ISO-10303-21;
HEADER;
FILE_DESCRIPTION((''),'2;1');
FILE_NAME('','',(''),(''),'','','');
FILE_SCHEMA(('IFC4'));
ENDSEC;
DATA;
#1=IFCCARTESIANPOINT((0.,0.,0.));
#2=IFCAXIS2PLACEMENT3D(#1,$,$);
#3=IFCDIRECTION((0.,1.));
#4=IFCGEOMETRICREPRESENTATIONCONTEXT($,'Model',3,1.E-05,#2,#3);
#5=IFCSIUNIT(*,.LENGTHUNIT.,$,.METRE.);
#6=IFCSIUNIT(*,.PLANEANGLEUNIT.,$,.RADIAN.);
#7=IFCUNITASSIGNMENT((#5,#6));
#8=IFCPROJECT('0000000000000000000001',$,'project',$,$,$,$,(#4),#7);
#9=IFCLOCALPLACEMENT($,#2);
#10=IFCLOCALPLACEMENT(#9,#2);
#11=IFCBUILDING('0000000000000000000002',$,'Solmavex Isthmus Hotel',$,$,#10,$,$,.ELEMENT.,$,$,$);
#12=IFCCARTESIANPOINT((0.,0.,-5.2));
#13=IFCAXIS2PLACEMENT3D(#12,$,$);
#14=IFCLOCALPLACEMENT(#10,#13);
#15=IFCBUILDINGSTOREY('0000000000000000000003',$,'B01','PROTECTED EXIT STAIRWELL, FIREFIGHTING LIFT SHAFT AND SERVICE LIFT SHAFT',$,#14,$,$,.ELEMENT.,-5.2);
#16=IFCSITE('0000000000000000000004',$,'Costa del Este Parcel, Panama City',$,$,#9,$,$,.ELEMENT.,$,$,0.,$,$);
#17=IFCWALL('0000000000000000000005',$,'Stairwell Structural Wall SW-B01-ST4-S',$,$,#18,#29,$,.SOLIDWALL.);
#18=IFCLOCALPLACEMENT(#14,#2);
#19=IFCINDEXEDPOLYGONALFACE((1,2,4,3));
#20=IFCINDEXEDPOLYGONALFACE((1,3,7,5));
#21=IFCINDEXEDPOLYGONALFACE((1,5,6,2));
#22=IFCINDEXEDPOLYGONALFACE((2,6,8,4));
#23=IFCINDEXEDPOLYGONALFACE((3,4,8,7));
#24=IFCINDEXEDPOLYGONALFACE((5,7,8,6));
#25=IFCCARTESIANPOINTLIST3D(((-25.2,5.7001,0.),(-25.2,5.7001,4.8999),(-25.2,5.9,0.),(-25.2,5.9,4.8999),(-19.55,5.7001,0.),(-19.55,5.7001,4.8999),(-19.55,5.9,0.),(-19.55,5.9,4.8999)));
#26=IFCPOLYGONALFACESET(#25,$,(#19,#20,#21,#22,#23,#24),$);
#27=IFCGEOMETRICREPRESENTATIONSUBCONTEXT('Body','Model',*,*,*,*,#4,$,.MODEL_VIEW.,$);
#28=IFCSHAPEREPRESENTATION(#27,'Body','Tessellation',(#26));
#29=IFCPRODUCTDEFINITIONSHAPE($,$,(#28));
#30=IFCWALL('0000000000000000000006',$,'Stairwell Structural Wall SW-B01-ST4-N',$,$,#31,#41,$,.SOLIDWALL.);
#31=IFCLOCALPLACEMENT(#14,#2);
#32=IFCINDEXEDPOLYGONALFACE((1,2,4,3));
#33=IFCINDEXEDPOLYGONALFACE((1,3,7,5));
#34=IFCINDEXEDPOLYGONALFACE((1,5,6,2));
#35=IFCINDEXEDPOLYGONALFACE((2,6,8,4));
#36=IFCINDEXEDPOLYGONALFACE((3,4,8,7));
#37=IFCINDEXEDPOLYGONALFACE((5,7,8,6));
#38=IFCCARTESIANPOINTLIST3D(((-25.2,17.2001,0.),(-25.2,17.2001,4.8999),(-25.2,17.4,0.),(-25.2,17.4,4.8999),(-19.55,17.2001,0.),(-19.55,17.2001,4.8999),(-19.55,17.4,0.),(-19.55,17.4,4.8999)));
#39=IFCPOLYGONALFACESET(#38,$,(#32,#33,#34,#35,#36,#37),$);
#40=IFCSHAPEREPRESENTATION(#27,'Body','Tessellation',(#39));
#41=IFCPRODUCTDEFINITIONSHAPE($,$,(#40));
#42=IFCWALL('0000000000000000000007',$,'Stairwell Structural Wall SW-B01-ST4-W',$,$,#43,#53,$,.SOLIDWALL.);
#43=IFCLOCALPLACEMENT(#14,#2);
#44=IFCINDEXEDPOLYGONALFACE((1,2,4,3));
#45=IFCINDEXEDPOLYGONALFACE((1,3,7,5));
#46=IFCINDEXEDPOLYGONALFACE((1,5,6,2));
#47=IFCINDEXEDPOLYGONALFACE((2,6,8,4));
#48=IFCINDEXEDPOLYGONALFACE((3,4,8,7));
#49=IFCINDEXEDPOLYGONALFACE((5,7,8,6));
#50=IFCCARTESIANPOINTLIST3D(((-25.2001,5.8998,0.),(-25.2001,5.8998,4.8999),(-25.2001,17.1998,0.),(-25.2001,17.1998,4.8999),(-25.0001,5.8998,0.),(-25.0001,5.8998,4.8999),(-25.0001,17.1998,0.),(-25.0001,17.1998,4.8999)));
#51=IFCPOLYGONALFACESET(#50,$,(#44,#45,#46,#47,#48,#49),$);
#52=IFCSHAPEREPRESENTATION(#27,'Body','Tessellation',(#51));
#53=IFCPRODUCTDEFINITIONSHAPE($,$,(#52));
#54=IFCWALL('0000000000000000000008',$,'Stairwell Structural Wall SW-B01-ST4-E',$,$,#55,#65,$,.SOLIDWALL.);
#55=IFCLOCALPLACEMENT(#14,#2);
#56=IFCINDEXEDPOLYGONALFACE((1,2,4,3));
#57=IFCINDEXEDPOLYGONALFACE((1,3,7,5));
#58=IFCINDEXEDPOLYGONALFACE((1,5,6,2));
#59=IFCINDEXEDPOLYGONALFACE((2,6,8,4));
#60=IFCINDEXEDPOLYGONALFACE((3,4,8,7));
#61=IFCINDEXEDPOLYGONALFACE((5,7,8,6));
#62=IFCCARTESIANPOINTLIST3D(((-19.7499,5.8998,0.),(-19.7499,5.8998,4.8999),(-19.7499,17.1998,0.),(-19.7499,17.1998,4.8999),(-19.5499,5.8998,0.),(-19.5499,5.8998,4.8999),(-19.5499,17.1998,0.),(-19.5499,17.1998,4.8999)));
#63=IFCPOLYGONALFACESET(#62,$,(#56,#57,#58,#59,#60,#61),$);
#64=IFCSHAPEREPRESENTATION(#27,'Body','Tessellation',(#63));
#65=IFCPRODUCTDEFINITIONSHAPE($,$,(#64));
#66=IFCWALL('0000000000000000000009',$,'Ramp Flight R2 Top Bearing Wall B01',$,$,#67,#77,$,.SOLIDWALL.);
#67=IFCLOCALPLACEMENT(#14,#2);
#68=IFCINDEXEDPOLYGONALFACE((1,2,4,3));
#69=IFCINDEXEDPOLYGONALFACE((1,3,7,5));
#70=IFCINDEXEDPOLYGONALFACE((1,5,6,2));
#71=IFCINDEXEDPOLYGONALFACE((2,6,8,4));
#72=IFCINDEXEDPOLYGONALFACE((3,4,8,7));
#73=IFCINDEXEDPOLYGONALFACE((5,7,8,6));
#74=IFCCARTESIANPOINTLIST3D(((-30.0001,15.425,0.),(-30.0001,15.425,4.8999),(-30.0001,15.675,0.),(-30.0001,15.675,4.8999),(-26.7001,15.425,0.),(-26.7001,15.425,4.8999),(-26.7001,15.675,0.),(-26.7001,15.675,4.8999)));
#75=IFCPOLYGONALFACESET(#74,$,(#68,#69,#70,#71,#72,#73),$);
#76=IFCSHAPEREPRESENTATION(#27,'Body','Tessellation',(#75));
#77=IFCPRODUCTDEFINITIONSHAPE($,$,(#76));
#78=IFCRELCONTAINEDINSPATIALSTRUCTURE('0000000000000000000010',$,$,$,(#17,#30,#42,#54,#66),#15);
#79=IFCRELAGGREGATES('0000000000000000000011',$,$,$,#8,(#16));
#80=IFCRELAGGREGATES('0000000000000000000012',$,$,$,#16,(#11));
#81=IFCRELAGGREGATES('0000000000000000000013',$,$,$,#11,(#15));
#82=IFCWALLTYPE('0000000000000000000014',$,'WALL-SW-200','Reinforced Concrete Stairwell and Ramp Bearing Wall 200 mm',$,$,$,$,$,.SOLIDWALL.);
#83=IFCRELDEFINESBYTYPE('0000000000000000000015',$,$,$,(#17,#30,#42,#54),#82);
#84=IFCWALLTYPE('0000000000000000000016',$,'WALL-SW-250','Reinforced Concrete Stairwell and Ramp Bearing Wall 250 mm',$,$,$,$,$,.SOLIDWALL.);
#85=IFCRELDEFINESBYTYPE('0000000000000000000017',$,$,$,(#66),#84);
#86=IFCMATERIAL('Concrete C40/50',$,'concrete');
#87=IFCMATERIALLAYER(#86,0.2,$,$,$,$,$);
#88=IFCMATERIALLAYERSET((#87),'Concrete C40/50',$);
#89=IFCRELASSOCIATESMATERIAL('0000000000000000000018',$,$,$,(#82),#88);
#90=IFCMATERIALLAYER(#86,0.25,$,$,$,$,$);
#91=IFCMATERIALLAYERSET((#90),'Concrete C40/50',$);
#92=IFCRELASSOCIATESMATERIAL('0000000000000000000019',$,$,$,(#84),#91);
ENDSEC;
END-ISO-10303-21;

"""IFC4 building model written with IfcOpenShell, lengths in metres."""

from ifc_helpers import new_model, si_unit, direction, frame, frame_2d, origin, place, context, subcontext, project, spatial, rectangle, extrude, material, layer, layer_set, type_object, element, save


model = new_model("IFC4")

# Units and contexts
model_context = context("Model", 3, precision=1e-05, world=origin(), true_north=direction((0.0, 1.0)))
body_context = subcontext(model_context, "Body", "Model", "MODEL_VIEW")
ifc_project = project(units=[si_unit("LENGTHUNIT", "METRE"), si_unit("PLANEANGLEUNIT", "RADIAN")], contexts=[model_context])

# Site, building, storey
site_placement = place(None, origin())
site = spatial("IfcSite", under=ifc_project, at=site_placement, Name="Costa del Este Parcel, Panama City", CompositionType="ELEMENT", RefElevation=0.0)
building_placement = place(site_placement, origin())
building = spatial("IfcBuilding", under=site, at=building_placement, Name="Solmavex Isthmus Hotel", CompositionType="ELEMENT")
storey_placement = place(building_placement, frame((0.0, 0.0, -5.2)))
storey = spatial("IfcBuildingStorey", under=building, at=storey_placement, Name="B01", Description="PROTECTED EXIT STAIRWELL, FIREFIGHTING LIFT SHAFT AND SERVICE LIFT SHAFT", CompositionType="ELEMENT", Elevation=-5.2)

# Shared definitions
ifc_material_1 = material(Name="Concrete C40/50", Category="concrete")

# Walls
ifc_layer_1 = layer(ifc_material_1, 0.2)
ifc_layer_set_1 = layer_set([ifc_layer_1], Name="Concrete C40/50")
wall_type_1 = type_object("IfcWallType", Name="WALL-SW-200", Description="Reinforced Concrete Stairwell and Ramp Bearing Wall 200 mm", PredefinedType="SOLIDWALL", material=ifc_layer_set_1)
for number, where, z_axis, x_axis, name in (
    (1, (-25.2, 5.8, 0.0), (0.0, 0.0, 1.0), (1.0, 0.0, 0.0), "Stairwell Structural Wall SW-B01-ST4-S"),
    (2, (-25.2, 17.3, 0.0), (0.0, 0.0, 1.0), (1.0, 0.0, 0.0), "Stairwell Structural Wall SW-B01-ST4-N"),
):
    element("IfcWall", number, at=place(storey_placement, frame(where, z_axis=z_axis, x_axis=x_axis)), inside=storey, type_object=wall_type_1, Name=name, PredefinedType="SOLIDWALL", context=body_context, shape_type="SweptSolid", body=[
        extrude(rectangle(XDim=5.6499, YDim=0.2, at=frame_2d((2.825, 0.0))), origin(), (0.0, 0.0, 1.0), 4.8999),
    ])
for number, where, z_axis, x_axis, name in (
    (3, (-25.1001, 5.8999, 0.0), (0.0, 0.0, 1.0), (0.0, 1.0, 0.0), "Stairwell Structural Wall SW-B01-ST4-W"),
    (4, (-19.6499, 5.8999, 0.0), (0.0, 0.0, 1.0), (0.0, 1.0, 0.0), "Stairwell Structural Wall SW-B01-ST4-E"),
):
    element("IfcWall", number, at=place(storey_placement, frame(where, z_axis=z_axis, x_axis=x_axis)), inside=storey, type_object=wall_type_1, Name=name, PredefinedType="SOLIDWALL", context=body_context, shape_type="SweptSolid", body=[
        extrude(rectangle(XDim=11.3, YDim=0.2, at=frame_2d((5.6499, 0.0))), origin(), (0.0, 0.0, 1.0), 4.8999),
    ])
ifc_layer_2 = layer(ifc_material_1, 0.25)
ifc_layer_set_2 = layer_set([ifc_layer_2], Name="Concrete C40/50")
wall_type_2 = type_object("IfcWallType", Name="WALL-SW-250", Description="Reinforced Concrete Stairwell and Ramp Bearing Wall 250 mm", PredefinedType="SOLIDWALL", material=ifc_layer_set_2)
wall_1_placement = place(storey_placement, frame((-30.0, 15.55, 0.0), z_axis=(0.0, 0.0, 1.0), x_axis=(1.0, 0.0, 0.0)))
element("IfcWall", 5, at=wall_1_placement, inside=storey, type_object=wall_type_2, Name="Ramp Flight R2 Top Bearing Wall B01", PredefinedType="SOLIDWALL", context=body_context, shape_type="SweptSolid", body=[
    extrude(rectangle(XDim=3.3, YDim=0.25, at=frame_2d((1.6499, 0.0))), origin(), (0.0, 0.0, 1.0), 4.8999),
])

save(model, "model.ifc")
